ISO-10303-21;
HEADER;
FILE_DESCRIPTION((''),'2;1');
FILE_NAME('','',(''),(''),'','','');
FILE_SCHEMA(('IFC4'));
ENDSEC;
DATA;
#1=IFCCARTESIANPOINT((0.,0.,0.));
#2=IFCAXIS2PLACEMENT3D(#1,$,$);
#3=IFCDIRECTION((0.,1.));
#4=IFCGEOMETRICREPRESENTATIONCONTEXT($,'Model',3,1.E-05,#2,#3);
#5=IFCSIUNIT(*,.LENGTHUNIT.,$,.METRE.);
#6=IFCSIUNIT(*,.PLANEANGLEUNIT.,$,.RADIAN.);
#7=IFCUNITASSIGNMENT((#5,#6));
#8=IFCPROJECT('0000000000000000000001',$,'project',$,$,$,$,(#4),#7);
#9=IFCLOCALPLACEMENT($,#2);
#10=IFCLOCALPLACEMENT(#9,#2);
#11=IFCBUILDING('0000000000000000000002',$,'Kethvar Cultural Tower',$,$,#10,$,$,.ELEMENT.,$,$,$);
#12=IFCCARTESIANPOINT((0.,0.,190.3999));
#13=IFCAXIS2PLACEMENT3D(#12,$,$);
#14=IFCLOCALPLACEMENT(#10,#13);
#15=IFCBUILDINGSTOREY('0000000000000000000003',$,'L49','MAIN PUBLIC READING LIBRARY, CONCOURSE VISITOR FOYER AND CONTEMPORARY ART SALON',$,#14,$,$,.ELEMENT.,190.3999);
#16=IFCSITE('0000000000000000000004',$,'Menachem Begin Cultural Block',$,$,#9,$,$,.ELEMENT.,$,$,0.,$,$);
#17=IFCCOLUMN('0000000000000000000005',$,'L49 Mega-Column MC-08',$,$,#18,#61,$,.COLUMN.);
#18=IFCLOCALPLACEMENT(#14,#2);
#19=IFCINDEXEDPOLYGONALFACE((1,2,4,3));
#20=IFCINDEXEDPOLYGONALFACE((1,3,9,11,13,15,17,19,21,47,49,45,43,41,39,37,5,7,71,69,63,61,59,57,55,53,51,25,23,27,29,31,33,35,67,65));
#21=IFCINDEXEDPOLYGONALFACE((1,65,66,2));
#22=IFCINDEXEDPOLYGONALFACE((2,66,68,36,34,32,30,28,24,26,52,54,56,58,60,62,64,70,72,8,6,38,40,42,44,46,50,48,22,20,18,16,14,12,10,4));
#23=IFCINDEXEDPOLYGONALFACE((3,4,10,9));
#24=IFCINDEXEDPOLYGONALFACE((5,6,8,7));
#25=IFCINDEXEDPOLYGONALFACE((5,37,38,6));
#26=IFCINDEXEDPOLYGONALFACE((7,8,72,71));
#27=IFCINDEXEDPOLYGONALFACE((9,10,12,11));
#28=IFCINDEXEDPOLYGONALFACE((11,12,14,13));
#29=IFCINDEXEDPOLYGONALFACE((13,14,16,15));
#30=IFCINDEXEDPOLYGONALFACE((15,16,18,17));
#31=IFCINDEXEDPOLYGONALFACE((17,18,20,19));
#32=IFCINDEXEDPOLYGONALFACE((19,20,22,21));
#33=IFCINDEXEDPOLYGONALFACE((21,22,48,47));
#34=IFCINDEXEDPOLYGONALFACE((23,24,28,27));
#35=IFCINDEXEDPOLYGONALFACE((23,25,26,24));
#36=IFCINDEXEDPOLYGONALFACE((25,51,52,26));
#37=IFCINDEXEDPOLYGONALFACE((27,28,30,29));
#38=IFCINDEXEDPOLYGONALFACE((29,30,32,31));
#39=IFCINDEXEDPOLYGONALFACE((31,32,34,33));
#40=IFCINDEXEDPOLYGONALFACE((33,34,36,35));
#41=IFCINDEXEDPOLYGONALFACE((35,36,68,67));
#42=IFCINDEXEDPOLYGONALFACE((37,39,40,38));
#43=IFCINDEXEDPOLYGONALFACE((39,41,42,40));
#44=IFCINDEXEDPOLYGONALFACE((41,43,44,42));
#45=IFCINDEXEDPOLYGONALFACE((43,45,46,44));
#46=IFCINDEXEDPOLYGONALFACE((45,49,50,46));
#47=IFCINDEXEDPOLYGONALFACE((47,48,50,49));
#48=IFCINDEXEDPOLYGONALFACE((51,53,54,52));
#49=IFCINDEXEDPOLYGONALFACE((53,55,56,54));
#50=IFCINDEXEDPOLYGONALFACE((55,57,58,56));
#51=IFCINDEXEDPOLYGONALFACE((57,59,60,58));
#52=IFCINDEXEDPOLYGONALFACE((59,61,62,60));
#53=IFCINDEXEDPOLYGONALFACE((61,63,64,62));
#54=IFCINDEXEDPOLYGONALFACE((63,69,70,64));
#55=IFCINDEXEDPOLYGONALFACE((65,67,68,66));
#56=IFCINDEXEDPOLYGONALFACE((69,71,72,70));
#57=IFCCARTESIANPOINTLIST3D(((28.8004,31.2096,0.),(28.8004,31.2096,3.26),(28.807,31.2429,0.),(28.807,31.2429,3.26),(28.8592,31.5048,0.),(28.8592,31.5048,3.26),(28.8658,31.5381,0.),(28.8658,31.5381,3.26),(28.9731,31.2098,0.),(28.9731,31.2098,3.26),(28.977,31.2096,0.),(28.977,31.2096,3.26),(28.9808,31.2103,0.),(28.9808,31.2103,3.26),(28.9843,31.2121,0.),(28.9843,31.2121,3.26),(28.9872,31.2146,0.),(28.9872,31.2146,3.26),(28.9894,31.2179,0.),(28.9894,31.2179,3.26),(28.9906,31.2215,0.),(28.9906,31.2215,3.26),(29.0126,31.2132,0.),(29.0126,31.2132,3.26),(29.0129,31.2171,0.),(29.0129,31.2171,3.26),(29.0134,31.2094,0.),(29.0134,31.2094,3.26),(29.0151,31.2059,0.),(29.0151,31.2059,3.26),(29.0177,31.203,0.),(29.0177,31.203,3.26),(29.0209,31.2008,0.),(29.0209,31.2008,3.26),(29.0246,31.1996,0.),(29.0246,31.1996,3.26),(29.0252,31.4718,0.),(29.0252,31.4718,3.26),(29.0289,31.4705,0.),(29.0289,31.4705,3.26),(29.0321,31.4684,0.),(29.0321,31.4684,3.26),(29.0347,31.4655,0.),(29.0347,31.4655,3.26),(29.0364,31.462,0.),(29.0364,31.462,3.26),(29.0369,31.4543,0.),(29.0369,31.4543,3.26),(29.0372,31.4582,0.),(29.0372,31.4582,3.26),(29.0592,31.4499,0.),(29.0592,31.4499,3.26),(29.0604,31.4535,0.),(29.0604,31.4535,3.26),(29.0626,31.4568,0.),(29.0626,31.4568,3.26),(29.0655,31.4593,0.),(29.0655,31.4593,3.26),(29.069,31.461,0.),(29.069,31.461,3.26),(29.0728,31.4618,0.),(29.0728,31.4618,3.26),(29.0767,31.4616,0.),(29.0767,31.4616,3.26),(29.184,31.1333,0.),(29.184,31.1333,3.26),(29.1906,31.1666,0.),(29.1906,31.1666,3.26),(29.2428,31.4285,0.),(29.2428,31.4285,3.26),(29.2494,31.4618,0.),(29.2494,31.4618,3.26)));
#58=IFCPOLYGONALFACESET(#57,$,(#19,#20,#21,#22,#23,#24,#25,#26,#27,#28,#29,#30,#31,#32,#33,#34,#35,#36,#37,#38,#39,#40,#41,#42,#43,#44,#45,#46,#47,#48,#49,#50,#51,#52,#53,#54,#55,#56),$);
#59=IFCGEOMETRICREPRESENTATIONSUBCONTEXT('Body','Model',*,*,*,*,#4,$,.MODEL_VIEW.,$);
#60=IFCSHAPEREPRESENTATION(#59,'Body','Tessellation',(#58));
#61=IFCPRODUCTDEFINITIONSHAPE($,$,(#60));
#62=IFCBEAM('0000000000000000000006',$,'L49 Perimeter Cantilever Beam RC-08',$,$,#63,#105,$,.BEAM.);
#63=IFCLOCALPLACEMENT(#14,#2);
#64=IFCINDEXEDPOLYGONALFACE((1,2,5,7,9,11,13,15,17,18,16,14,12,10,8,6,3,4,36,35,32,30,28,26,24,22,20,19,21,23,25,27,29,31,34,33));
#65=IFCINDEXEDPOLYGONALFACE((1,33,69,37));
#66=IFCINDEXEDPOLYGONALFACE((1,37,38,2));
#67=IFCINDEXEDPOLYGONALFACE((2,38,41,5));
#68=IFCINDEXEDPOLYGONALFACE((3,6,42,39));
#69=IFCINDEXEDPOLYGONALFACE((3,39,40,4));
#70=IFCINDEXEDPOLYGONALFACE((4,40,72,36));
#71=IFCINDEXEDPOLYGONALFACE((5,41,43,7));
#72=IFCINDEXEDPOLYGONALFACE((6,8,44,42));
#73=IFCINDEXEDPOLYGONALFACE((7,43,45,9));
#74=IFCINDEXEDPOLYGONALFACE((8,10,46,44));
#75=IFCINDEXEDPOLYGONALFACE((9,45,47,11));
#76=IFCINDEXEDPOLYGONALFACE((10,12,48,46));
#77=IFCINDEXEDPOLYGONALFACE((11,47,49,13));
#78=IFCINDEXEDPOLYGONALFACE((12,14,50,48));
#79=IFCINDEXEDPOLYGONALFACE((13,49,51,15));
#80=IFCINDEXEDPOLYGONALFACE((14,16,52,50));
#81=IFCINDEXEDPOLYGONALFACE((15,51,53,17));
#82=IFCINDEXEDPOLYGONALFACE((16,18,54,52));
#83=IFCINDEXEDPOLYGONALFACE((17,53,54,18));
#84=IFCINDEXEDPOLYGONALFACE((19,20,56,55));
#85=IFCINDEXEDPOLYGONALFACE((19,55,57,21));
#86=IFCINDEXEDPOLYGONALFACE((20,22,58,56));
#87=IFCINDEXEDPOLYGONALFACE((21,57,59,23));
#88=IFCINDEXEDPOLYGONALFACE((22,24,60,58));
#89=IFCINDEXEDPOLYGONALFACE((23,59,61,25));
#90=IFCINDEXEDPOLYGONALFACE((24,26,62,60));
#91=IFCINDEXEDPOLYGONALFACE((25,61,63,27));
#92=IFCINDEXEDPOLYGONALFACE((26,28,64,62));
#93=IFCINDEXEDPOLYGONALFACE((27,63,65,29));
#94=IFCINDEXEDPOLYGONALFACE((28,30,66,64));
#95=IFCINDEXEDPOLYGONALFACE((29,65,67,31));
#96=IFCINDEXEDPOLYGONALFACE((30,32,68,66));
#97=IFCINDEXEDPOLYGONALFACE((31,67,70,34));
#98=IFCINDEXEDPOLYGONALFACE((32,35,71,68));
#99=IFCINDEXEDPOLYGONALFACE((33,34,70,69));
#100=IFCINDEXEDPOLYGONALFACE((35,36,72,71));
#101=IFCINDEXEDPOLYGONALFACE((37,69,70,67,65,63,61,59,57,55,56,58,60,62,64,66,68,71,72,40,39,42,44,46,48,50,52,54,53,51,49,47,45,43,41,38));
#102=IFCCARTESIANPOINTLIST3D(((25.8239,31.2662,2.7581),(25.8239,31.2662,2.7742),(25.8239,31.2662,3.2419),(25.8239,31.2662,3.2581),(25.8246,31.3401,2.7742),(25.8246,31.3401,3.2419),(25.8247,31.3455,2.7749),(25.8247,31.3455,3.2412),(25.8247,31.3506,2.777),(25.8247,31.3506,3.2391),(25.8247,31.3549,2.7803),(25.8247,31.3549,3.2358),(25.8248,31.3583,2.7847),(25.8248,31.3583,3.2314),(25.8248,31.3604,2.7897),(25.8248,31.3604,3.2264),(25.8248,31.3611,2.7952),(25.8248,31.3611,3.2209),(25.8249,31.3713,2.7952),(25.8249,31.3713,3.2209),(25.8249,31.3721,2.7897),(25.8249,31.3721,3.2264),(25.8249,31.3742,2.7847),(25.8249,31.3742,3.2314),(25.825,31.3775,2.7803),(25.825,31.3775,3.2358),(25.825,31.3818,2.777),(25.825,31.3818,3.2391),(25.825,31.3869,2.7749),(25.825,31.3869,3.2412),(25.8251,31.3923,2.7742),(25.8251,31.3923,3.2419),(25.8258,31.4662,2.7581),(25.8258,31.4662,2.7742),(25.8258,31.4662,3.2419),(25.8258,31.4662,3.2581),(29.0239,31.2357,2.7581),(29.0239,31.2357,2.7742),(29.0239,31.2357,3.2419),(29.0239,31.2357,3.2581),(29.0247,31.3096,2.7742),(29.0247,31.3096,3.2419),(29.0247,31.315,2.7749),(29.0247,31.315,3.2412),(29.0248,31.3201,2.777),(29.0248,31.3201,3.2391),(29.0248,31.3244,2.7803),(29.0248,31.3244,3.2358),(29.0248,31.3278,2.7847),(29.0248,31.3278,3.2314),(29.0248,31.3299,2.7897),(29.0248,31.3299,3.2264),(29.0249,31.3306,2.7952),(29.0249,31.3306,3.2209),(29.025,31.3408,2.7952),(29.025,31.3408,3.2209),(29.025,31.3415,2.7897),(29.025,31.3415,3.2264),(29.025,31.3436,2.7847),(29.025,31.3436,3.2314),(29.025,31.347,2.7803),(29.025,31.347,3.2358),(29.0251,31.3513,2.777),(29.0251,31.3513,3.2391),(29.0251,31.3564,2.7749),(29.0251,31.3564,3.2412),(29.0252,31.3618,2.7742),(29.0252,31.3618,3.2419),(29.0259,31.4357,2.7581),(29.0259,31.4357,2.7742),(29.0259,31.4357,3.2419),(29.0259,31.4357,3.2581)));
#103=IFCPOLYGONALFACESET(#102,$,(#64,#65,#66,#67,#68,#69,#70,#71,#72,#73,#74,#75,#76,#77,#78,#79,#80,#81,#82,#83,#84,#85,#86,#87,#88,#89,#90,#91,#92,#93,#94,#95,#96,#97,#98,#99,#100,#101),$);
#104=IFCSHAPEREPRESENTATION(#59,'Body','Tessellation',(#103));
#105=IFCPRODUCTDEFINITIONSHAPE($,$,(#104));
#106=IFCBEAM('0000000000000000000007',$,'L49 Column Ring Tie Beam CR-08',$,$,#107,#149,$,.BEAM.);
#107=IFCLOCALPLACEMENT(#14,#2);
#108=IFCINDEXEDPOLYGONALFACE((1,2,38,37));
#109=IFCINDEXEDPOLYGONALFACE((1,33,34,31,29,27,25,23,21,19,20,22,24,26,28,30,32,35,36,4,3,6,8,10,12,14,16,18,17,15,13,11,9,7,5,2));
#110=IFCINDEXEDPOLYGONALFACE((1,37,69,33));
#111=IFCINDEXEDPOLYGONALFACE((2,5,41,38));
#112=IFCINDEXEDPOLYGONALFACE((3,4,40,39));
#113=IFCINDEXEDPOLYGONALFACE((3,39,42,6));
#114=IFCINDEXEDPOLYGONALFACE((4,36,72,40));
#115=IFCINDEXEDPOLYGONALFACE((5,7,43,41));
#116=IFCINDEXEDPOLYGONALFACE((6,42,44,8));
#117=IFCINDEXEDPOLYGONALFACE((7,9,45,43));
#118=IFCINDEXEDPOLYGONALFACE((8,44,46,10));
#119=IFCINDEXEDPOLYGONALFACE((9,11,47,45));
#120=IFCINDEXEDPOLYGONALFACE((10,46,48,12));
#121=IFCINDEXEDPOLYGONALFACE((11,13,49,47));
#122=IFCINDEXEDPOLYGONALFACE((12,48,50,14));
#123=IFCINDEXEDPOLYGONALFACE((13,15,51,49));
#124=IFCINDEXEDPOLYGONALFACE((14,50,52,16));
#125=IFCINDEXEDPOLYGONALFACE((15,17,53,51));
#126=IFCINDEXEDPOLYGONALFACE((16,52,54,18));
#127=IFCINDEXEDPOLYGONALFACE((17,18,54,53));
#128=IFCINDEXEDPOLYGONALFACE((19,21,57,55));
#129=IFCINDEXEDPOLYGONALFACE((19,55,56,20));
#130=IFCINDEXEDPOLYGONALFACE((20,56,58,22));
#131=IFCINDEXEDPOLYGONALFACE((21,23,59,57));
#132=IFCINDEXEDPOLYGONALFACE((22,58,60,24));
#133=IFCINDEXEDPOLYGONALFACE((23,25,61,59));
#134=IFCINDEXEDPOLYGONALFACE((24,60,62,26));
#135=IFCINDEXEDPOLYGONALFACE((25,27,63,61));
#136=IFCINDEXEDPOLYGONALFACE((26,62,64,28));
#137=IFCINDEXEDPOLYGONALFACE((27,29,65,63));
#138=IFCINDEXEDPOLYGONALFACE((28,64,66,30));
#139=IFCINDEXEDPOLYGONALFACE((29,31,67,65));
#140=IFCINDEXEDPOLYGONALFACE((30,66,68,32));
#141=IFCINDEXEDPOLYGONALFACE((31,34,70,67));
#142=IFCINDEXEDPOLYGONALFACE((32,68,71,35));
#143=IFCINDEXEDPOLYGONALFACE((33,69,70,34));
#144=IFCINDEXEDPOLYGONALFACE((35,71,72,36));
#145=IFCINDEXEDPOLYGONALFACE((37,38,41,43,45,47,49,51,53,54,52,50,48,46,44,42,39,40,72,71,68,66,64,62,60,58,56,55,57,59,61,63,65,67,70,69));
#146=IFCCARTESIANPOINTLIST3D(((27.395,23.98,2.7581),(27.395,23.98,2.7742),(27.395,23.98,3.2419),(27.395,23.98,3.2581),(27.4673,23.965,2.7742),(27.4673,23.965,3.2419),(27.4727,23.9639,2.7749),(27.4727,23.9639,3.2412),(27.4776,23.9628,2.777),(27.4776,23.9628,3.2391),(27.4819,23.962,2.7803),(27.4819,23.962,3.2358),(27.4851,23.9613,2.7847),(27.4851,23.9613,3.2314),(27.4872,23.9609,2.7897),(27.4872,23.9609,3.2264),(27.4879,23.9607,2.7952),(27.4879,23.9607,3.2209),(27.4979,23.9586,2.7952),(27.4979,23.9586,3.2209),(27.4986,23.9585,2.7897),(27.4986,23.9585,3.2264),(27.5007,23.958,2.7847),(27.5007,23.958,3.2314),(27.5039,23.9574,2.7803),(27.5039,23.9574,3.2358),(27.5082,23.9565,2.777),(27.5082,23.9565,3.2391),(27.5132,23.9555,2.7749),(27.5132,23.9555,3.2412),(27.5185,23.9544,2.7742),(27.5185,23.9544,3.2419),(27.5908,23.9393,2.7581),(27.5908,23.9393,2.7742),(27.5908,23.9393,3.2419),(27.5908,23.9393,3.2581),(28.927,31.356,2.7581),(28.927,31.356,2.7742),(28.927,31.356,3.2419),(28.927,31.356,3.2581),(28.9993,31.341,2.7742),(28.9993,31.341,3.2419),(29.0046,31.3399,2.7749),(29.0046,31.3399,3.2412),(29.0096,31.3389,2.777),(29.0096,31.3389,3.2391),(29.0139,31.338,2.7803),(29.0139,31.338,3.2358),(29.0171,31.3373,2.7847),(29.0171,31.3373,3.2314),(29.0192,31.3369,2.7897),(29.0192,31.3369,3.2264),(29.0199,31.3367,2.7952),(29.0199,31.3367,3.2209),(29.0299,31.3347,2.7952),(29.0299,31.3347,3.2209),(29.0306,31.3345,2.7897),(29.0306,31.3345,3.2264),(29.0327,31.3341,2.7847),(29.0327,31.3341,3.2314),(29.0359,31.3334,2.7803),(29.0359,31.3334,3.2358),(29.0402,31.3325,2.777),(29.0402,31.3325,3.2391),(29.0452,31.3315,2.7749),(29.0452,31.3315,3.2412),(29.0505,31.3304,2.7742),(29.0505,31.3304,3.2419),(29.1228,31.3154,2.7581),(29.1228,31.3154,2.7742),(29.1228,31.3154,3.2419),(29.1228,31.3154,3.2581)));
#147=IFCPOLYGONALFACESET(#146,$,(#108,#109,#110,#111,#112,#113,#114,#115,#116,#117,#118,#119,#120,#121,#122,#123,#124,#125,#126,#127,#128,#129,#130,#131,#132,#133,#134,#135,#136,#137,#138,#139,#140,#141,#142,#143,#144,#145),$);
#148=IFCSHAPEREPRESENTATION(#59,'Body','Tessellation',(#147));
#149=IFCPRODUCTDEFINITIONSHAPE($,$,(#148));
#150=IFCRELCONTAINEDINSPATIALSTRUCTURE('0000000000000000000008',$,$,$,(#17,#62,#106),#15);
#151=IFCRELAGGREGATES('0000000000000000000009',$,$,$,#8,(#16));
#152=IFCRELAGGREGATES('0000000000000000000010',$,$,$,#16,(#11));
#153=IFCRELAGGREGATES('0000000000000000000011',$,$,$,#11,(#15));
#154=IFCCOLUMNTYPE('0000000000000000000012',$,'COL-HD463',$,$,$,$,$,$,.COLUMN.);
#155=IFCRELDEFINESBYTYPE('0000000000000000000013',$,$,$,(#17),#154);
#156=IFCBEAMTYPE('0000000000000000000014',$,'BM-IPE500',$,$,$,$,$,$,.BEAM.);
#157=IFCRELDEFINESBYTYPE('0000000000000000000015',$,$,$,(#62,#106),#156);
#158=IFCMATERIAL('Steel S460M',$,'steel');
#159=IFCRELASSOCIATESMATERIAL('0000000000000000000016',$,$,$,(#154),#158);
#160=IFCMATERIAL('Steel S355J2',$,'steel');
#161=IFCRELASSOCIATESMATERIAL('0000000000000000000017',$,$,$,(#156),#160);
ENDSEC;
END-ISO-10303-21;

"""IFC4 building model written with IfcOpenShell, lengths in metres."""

from ifc_helpers import new_model, si_unit, direction, frame, origin, origin_2d, place, context, subcontext, project, spatial, i_section, extrude, source, transform, mapped, material, material_profile, profile_set, type_object, element, save


model = new_model("IFC4")

# Units and contexts
model_context = context("Model", 3, precision=1e-05, world=origin(), true_north=direction((0.0, 1.0)))
body_context = subcontext(model_context, "Body", "Model", "MODEL_VIEW")
ifc_project = project(units=[si_unit("LENGTHUNIT", "METRE"), si_unit("PLANEANGLEUNIT", "RADIAN")], contexts=[model_context])

# Site, building, storey
site_placement = place(None, origin())
site = spatial("IfcSite", under=ifc_project, at=site_placement, Name="Menachem Begin Cultural Block", CompositionType="ELEMENT", RefElevation=0.0)
building_placement = place(site_placement, origin())
building = spatial("IfcBuilding", under=site, at=building_placement, Name="Kethvar Cultural Tower", CompositionType="ELEMENT")
storey_placement = place(building_placement, frame((0.0, 0.0, 190.3999)))
storey = spatial("IfcBuildingStorey", under=building, at=storey_placement, Name="L49", Description="MAIN PUBLIC READING LIBRARY, CONCOURSE VISITOR FOYER AND CONTEMPORARY ART SALON", CompositionType="ELEMENT", Elevation=190.3999)

# Column
ifc_material_1 = material(Name="Steel S460M", Category="steel")
ifc_material_profile_1 = material_profile(ifc_material_1, i_section(OverallWidth=0.3911, OverallDepth=0.335, WebThickness=0.0227, FlangeThickness=0.0339, FilletRadius=0.0149, at=origin_2d()), Name="Steel S460M — HD400x463")
ifc_profile_set_1 = profile_set([ifc_material_profile_1], Name="Steel S460M — HD400x463")
column_type = type_object("IfcColumnType", Name="COL-HD463", PredefinedType="COLUMN", material=ifc_profile_set_1)
shared_shape_1 = source(origin(), body_context, "Body", "SweptSolid", [
    extrude(i_section(OverallWidth=0.3911, OverallDepth=0.335, WebThickness=0.0227, FlangeThickness=0.0339, FilletRadius=0.0149, at=origin_2d()), origin(), (0.0, 0.0, 1.0), 3.26),
])
column_placement = place(storey_placement, frame((29.0249, 31.3357, 0.0), z_axis=(0.0, 0.0, 1.0), x_axis=(-0.980785, 0.19509, 0.0)))
element("IfcColumn", 1, at=column_placement, inside=storey, type_object=column_type, Name="L49 Mega-Column MC-08", PredefinedType="COLUMN", context=body_context, shape_type="MappedRepresentation", body=[
    mapped(shared_shape_1, transform((0.0, 0.0, 0.0), scale=1.0)),
])

# Beams
ifc_material_2 = material(Name="Steel S355J2", Category="steel")
ifc_material_profile_2 = material_profile(ifc_material_2, i_section(OverallWidth=0.2, OverallDepth=0.5, WebThickness=0.0103, FlangeThickness=0.0161, FilletRadius=0.021, at=origin_2d()), Name="Steel S355J2 — IPE500")
ifc_profile_set_2 = profile_set([ifc_material_profile_2], Name="Steel S355J2 — IPE500")
beam_type_1 = type_object("IfcBeamType", Name="BM-IPE500", PredefinedType="BEAM", material=ifc_profile_set_2)
shared_shape_2 = source(origin(), body_context, "Body", "SweptSolid", [
    extrude(i_section(OverallWidth=0.2, OverallDepth=0.5, WebThickness=0.0103, FlangeThickness=0.0161, FilletRadius=0.021, at=origin_2d()), origin(), (0.0, 0.0, 1.0), 3.2002),
])
beam_1_placement = place(storey_placement, frame((29.0249, 31.3357, 3.0081), z_axis=(-0.999955, 0.009536, 0.0), x_axis=(-0.009536, -0.999955, 0.0)))
element("IfcBeam", 2, at=beam_1_placement, inside=storey, type_object=beam_type_1, Name="L49 Perimeter Cantilever Beam RC-08", PredefinedType="BEAM", context=body_context, shape_type="MappedRepresentation", body=[
    mapped(shared_shape_2, transform((0.0, 0.0, 0.0), scale=1.0)),
])
shared_shape_3 = source(origin(), body_context, "Body", "SweptSolid", [
    extrude(i_section(OverallWidth=0.2, OverallDepth=0.5, WebThickness=0.0103, FlangeThickness=0.0161, FilletRadius=0.021, at=origin_2d()), origin(), (0.0, 0.0, 1.0), 7.5334),
])
beam_2_placement = place(storey_placement, frame((29.0249, 31.3357, 3.0081), z_axis=(-0.203359, -0.979104, 0.0), x_axis=(0.979104, -0.203359, 0.0)))
element("IfcBeam", 3, at=beam_2_placement, inside=storey, type_object=beam_type_1, Name="L49 Column Ring Tie Beam CR-08", PredefinedType="BEAM", context=body_context, shape_type="MappedRepresentation", body=[
    mapped(shared_shape_3, transform((0.0, 0.0, 0.0), scale=1.0)),
])

save(model, "model.ifc")
